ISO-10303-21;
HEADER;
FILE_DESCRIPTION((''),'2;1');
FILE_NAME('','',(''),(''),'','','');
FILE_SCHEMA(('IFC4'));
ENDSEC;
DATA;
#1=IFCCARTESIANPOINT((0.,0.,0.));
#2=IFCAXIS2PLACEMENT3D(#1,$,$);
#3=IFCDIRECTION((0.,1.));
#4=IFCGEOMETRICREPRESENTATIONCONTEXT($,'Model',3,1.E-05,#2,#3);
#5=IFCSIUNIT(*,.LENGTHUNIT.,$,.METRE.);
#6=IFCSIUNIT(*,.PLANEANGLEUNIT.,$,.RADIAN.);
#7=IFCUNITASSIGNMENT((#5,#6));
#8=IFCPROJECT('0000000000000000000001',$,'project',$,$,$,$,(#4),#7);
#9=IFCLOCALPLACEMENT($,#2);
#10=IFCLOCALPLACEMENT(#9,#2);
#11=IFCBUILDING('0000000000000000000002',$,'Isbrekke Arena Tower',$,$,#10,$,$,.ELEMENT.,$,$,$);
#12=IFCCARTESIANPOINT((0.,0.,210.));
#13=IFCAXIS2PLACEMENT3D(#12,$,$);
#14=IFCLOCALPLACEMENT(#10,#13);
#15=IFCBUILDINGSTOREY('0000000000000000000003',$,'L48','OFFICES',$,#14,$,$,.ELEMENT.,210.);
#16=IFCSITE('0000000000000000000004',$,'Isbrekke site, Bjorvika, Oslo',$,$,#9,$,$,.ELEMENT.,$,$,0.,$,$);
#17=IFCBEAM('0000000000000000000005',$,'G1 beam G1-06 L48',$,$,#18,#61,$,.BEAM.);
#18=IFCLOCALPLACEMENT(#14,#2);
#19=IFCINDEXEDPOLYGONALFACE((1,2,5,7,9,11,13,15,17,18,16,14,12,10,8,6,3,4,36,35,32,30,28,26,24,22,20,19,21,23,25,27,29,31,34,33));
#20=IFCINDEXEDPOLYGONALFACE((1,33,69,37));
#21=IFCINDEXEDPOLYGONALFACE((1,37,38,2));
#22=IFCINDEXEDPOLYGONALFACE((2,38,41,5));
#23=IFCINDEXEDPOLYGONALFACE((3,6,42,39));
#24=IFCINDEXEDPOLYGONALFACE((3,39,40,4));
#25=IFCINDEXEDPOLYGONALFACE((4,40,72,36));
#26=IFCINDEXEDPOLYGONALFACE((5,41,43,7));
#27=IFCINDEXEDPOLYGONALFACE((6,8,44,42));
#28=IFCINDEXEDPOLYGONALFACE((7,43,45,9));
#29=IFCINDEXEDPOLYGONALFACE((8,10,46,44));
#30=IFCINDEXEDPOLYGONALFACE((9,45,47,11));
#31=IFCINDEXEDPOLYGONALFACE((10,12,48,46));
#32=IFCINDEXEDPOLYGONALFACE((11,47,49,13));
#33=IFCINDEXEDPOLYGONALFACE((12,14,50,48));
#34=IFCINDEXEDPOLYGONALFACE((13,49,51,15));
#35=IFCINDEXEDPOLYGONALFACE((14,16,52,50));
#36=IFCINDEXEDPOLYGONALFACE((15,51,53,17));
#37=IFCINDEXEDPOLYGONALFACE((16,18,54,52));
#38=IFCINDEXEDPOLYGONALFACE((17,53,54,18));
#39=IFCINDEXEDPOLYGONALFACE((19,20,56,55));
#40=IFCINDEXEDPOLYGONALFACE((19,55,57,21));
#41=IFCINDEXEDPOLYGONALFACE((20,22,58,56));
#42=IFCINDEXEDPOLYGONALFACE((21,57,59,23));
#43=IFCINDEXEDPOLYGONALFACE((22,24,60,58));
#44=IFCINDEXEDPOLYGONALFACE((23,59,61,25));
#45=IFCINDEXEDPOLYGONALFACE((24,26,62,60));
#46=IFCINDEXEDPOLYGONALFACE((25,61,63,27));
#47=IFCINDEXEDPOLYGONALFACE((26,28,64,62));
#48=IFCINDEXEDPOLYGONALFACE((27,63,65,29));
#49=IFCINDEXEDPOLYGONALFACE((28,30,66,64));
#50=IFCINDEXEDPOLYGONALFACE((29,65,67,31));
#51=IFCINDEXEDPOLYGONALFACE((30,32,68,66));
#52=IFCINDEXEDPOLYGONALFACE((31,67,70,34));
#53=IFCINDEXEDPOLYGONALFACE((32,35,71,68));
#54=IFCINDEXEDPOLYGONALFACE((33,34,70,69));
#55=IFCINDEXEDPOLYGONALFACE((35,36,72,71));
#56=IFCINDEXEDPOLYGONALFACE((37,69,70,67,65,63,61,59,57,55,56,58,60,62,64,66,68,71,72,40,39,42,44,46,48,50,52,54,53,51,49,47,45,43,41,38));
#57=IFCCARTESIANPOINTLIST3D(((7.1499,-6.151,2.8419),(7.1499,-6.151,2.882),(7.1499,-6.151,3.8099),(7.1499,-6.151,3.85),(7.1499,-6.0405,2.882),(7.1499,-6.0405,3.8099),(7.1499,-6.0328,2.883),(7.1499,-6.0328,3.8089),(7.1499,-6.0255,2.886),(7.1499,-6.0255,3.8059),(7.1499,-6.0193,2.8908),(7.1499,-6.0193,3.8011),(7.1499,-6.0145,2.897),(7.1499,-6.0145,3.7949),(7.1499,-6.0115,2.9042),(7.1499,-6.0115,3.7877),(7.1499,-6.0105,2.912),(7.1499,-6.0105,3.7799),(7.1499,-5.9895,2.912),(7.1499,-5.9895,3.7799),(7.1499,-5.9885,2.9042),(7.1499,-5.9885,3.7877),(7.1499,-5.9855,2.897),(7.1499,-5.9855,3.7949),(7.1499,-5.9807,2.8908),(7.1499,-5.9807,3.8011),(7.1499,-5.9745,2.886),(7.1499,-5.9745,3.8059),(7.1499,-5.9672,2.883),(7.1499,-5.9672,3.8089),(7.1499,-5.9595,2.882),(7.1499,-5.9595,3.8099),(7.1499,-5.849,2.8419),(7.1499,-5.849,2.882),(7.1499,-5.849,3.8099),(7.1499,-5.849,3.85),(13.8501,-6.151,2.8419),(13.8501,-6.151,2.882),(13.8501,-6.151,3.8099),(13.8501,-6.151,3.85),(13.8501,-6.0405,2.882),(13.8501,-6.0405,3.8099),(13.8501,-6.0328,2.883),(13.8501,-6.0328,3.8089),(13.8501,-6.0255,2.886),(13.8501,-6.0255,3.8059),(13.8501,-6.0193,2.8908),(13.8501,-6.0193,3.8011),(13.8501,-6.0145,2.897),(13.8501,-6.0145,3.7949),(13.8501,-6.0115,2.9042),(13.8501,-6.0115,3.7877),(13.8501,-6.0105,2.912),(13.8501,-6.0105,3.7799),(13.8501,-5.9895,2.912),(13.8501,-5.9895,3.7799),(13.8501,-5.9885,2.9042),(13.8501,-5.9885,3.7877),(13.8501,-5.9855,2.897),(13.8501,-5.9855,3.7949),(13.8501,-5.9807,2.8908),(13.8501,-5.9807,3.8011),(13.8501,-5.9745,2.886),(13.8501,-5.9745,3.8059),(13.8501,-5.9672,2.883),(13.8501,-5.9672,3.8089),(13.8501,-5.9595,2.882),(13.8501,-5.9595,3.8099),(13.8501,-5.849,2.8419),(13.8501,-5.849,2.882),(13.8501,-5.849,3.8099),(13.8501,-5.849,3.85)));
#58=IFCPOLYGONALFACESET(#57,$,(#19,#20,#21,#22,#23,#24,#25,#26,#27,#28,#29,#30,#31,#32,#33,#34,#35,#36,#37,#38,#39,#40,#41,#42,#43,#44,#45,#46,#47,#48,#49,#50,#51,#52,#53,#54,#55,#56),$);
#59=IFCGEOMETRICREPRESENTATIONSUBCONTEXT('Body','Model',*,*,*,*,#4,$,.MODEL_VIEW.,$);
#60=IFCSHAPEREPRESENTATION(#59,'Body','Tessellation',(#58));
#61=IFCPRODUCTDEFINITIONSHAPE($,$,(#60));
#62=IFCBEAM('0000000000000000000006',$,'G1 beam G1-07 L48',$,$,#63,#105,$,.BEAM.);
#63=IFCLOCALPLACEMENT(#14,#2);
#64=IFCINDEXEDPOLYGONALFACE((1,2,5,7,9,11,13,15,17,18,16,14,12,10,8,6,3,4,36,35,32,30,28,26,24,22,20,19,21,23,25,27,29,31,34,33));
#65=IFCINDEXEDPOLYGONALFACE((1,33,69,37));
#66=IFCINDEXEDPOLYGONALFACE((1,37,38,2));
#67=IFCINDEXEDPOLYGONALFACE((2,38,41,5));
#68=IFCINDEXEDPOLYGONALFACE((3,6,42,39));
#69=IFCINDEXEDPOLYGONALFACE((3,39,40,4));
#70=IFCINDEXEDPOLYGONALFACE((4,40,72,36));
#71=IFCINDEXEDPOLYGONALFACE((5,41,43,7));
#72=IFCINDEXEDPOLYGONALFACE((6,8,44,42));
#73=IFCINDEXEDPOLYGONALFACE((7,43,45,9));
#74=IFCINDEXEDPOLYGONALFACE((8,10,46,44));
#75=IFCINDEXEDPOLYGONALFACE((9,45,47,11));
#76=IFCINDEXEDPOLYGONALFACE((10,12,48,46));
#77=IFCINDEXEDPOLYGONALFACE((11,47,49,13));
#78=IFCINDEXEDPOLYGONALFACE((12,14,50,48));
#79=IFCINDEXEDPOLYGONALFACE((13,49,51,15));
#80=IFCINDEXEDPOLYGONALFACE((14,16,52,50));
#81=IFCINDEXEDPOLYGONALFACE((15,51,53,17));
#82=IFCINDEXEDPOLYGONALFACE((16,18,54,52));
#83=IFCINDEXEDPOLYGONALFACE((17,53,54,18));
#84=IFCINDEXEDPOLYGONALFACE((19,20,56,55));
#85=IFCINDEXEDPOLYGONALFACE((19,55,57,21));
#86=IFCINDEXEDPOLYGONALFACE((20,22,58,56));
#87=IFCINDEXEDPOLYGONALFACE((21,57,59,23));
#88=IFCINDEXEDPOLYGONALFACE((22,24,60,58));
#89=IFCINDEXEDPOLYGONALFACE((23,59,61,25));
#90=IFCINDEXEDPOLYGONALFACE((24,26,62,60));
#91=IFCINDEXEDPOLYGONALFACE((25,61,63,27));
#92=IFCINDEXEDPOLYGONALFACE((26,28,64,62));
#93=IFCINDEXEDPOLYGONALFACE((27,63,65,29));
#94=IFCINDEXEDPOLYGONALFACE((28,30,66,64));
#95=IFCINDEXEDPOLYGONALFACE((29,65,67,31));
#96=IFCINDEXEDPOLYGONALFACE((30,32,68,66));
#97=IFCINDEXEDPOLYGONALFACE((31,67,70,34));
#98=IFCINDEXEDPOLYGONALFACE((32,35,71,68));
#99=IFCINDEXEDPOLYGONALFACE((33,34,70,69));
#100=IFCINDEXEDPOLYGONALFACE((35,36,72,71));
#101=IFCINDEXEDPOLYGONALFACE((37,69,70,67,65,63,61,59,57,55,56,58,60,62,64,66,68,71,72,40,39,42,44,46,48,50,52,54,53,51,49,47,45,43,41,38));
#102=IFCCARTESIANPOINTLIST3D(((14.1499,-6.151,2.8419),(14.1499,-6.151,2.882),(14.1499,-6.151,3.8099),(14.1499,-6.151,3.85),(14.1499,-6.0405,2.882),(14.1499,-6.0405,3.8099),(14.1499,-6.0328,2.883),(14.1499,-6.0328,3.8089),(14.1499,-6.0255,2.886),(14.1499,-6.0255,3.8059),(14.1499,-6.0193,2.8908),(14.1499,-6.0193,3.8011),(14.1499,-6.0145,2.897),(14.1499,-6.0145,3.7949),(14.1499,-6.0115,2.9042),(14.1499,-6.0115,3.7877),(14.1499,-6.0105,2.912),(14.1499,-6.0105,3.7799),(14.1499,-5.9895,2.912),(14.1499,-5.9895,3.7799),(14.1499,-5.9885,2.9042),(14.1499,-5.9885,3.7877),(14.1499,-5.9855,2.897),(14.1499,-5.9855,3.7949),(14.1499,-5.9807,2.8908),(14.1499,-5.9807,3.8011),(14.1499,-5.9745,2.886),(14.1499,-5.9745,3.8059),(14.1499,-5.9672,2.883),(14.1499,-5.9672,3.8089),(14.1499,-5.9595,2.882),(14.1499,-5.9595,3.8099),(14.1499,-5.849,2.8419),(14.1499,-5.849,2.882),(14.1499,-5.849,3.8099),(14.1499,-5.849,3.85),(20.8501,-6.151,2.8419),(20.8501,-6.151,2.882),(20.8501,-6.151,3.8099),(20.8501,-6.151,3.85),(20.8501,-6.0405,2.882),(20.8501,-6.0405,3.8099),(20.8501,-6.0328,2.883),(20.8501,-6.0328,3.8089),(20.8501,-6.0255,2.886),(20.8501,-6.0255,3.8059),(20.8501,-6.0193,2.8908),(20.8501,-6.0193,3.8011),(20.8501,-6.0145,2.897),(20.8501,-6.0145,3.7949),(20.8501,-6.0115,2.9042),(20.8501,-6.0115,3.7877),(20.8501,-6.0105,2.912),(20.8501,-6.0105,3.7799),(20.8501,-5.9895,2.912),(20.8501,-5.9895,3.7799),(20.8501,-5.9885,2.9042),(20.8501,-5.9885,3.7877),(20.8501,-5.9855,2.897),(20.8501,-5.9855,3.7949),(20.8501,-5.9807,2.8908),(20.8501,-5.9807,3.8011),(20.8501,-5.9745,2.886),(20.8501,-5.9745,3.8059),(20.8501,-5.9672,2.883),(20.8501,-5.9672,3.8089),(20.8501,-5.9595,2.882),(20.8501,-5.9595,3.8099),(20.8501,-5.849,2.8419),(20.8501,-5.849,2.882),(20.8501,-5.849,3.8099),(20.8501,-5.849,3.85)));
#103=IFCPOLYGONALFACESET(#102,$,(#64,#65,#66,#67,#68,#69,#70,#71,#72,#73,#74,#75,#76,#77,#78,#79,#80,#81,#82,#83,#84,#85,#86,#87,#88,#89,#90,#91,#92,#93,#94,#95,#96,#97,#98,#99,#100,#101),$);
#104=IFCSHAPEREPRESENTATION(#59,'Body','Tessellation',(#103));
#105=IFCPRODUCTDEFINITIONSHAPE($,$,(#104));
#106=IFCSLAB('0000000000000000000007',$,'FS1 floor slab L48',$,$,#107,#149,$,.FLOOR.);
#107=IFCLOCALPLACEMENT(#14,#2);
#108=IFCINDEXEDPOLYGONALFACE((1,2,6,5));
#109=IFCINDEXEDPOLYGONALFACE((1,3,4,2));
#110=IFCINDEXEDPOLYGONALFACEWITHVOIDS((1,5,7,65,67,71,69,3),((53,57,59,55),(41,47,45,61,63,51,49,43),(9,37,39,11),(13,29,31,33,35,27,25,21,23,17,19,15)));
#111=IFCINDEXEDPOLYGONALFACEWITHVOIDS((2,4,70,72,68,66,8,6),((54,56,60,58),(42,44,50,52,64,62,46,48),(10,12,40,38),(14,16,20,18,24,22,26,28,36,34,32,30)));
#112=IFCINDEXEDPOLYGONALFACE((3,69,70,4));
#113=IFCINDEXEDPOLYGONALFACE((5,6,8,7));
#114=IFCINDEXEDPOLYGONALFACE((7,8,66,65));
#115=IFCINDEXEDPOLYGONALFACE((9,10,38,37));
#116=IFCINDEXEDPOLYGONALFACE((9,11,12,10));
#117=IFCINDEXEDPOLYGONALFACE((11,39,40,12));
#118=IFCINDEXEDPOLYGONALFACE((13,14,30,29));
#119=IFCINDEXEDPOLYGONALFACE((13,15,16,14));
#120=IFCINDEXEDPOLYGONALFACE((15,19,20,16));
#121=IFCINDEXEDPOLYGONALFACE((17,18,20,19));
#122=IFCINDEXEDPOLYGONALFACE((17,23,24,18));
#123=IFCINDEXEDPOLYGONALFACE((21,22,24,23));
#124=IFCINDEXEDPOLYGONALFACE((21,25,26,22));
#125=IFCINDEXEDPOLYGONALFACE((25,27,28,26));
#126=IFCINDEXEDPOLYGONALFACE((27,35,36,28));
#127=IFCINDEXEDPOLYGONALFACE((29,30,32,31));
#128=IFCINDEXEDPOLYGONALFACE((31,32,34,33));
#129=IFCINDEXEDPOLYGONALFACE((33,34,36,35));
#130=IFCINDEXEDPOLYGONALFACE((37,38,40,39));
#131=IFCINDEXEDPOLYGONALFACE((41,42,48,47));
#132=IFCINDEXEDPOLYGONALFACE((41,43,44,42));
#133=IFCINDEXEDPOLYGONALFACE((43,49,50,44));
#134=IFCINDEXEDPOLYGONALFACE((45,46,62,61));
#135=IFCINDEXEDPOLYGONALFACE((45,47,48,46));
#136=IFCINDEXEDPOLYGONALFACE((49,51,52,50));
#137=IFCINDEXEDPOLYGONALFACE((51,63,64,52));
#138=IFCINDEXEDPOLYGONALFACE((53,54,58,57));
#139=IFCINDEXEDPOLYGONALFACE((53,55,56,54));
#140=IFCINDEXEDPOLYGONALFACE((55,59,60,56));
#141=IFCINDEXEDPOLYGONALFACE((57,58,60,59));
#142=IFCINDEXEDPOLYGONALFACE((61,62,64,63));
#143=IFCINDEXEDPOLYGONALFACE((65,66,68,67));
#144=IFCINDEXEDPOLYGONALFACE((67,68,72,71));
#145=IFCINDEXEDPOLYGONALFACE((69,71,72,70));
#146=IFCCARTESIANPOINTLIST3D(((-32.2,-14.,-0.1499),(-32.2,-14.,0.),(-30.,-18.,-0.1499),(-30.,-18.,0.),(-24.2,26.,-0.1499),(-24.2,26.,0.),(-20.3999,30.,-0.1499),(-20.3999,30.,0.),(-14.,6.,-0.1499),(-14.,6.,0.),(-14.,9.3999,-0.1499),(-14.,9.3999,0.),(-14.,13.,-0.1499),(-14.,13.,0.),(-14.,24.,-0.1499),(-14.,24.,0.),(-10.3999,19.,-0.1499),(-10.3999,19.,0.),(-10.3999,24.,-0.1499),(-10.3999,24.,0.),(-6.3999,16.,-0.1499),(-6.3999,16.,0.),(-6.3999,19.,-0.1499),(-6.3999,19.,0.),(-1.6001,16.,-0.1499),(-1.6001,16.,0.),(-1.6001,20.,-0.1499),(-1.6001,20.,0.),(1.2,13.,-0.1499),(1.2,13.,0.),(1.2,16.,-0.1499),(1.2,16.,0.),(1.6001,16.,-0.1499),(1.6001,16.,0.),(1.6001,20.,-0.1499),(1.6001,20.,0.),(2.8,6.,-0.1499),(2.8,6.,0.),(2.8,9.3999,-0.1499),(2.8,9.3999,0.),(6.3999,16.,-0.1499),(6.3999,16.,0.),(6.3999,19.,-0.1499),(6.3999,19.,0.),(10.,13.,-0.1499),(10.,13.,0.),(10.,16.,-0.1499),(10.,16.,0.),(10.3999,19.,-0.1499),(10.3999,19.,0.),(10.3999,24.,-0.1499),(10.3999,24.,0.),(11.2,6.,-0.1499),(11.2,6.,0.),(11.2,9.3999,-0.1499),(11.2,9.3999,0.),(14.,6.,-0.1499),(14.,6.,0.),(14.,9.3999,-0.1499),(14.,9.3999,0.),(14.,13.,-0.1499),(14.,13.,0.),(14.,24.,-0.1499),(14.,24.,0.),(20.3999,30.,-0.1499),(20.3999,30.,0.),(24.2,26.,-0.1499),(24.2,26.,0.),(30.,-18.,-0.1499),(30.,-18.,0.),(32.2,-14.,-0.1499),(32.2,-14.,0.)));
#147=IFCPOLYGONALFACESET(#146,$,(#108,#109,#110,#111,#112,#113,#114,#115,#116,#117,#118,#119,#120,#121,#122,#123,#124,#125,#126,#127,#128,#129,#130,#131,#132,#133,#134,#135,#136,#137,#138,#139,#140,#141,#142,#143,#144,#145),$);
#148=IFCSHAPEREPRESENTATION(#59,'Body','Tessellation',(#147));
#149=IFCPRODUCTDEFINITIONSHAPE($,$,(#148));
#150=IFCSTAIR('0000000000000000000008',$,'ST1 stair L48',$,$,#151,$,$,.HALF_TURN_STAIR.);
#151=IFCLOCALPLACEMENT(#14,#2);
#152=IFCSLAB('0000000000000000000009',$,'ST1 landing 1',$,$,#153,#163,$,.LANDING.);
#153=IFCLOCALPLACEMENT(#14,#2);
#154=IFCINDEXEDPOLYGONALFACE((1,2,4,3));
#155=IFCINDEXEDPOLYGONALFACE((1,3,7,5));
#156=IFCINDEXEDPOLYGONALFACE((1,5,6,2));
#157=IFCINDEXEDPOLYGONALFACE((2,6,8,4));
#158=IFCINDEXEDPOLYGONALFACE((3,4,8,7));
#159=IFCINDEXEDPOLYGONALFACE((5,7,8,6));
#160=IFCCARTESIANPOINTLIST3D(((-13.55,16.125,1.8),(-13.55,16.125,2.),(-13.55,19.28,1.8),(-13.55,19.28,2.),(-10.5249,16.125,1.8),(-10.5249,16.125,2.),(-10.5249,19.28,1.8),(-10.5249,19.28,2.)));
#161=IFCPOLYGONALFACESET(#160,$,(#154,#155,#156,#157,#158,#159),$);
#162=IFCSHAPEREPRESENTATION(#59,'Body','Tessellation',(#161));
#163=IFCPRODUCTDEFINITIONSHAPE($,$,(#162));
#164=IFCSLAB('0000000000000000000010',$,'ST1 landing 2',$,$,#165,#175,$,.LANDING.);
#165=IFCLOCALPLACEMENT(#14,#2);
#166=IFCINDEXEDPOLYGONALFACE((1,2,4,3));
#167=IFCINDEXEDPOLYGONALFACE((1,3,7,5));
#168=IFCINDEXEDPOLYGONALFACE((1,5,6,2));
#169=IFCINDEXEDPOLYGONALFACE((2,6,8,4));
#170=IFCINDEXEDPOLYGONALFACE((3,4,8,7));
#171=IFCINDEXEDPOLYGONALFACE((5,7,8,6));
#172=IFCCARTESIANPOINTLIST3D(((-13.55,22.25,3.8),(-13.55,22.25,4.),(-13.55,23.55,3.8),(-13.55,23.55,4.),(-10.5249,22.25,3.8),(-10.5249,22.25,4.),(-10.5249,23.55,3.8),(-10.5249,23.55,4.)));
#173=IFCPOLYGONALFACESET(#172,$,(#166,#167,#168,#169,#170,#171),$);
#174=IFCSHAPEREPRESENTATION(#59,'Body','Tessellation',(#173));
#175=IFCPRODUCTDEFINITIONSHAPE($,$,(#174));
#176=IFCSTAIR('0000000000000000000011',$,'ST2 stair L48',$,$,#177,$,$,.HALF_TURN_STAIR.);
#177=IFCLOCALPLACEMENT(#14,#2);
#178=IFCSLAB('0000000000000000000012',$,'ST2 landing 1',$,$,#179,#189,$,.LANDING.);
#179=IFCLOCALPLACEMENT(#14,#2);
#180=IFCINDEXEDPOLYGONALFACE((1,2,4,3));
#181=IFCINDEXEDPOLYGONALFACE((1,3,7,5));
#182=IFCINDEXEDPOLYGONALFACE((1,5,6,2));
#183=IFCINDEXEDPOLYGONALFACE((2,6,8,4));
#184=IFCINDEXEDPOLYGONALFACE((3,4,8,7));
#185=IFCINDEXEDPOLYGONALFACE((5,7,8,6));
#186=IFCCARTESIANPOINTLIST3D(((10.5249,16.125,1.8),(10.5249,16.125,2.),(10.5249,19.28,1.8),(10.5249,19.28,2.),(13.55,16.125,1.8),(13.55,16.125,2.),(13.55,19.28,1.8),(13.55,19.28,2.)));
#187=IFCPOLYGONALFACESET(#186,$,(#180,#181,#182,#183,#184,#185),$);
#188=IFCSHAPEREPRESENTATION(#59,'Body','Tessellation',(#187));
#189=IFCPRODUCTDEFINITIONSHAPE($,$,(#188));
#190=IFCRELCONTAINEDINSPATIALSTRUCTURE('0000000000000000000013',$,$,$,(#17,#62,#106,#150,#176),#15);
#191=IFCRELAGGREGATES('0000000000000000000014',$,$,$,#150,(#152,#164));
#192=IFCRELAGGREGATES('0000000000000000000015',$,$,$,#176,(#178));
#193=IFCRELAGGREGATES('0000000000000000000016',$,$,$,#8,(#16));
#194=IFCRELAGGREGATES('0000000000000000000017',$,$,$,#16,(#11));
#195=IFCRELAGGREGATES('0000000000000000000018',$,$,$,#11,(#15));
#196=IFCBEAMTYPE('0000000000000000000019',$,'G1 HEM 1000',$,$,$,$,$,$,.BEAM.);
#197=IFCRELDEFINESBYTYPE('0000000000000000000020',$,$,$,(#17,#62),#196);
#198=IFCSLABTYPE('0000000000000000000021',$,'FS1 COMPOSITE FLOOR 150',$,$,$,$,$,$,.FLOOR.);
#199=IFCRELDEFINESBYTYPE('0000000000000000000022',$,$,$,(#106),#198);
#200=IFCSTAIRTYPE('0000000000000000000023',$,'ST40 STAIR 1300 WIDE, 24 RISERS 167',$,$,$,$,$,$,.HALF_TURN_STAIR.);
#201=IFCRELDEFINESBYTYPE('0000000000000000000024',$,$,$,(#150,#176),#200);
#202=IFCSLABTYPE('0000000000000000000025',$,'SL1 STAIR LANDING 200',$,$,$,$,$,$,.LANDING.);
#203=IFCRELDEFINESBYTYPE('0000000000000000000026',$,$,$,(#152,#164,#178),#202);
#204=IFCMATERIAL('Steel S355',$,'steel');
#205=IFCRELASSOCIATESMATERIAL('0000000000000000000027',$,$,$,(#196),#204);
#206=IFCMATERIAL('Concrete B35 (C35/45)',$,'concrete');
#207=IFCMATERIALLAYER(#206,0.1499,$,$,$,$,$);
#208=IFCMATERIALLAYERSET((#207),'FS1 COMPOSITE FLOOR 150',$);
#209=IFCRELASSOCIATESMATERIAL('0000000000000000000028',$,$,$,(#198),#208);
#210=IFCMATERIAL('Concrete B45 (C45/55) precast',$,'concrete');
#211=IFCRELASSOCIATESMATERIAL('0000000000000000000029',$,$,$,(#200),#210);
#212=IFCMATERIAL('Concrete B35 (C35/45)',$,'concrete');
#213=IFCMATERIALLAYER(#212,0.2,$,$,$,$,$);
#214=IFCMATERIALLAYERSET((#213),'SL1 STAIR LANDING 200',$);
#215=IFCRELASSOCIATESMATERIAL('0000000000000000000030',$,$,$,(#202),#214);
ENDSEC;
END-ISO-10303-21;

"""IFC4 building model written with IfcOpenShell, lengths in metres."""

from ifc_helpers import new_model, si_unit, direction, frame, origin, origin_2d, place, context, subcontext, project, spatial, polyline, i_section, outline, extrude, material, layer, layer_set, material_profile, profile_set, type_object, element, aggregate, save


model = new_model("IFC4")

# Units and contexts
model_context = context("Model", 3, precision=1e-05, world=origin(), true_north=direction((0.0, 1.0)))
body_context = subcontext(model_context, "Body", "Model", "MODEL_VIEW")
ifc_project = project(units=[si_unit("LENGTHUNIT", "METRE"), si_unit("PLANEANGLEUNIT", "RADIAN")], contexts=[model_context])

# Site, building, storey
site_placement = place(None, origin())
site = spatial("IfcSite", under=ifc_project, at=site_placement, Name="Isbrekke site, Bjorvika, Oslo", CompositionType="ELEMENT", RefElevation=0.0)
building_placement = place(site_placement, origin())
building = spatial("IfcBuilding", under=site, at=building_placement, Name="Isbrekke Arena Tower", CompositionType="ELEMENT")
storey_placement = place(building_placement, frame((0.0, 0.0, 210.0)))
storey = spatial("IfcBuildingStorey", under=building, at=storey_placement, Name="L48", Description="OFFICES", CompositionType="ELEMENT", Elevation=210.0)

# Beams
ifc_material_1 = material(Name="Steel S355", Category="steel")
ifc_material_profile_1 = material_profile(ifc_material_1, i_section(OverallWidth=0.302, OverallDepth=1.0081, WebThickness=0.021, FlangeThickness=0.04, FilletRadius=0.03, at=origin_2d()), Name="HEM 1000")
ifc_profile_set_1 = profile_set([ifc_material_profile_1], Name="Steel S355")
beam_type_1 = type_object("IfcBeamType", Name="G1 HEM 1000", PredefinedType="BEAM", material=ifc_profile_set_1)
for number, where, z_axis, x_axis, name in (
    (1, (7.1499, -6.0, 3.3459), (1.0, 0.0, 0.0), (0.0, 1.0, 0.0), "G1 beam G1-06 L48"),
    (2, (14.1499, -6.0, 3.3459), (1.0, 0.0, 0.0), (0.0, 1.0, 0.0), "G1 beam G1-07 L48"),
):
    element("IfcBeam", number, at=place(storey_placement, frame(where, z_axis=z_axis, x_axis=x_axis)), inside=storey, type_object=beam_type_1, Name=name, PredefinedType="BEAM", context=body_context, shape_type="SweptSolid", body=[
        extrude(i_section(OverallWidth=0.302, OverallDepth=1.0081, WebThickness=0.021, FlangeThickness=0.04, FilletRadius=0.03, at=origin_2d()), origin(), (0.0, 0.0, 1.0), 6.7002),
    ])

# Slab
ifc_material_2 = material(Name="Concrete B35 (C35/45)", Category="concrete")
ifc_layer_1 = layer(ifc_material_2, 0.1499)
ifc_layer_set_1 = layer_set([ifc_layer_1], Name="FS1 COMPOSITE FLOOR 150")
slab_type_1 = type_object("IfcSlabType", Name="FS1 COMPOSITE FLOOR 150", PredefinedType="FLOOR", material=ifc_layer_set_1)
slab_1_placement = place(storey_placement, frame((0.0, 0.0, -0.1499)))
element("IfcSlab", 3, at=slab_1_placement, inside=storey, type_object=slab_type_1, Name="FS1 floor slab L48", PredefinedType="FLOOR", context=body_context, shape_type="SweptSolid", body=[
    extrude(outline(polyline([(-30.0, -18.0), (30.0, -18.0), (32.2, -14.0), (24.2, 26.0), (20.3999, 30.0), (-20.3999, 30.0), (-24.2, 26.0), (-32.2, -14.0), (-30.0, -18.0)]), holes=[polyline([(2.8, 9.3999), (2.8, 6.0), (-14.0, 6.0), (-14.0, 9.3999), (2.8, 9.3999)]), polyline([(11.2, 6.0), (11.2, 9.3999), (14.0, 9.3999), (14.0, 6.0), (11.2, 6.0)]), polyline([(-14.0, 13.0), (-14.0, 24.0), (-10.3999, 24.0), (-10.3999, 19.0), (-6.3999, 19.0), (-6.3999, 16.0), (-1.6001, 16.0), (-1.6001, 20.0), (1.6001, 20.0), (1.6001, 16.0), (1.2, 16.0), (1.2, 13.0), (-14.0, 13.0)]), polyline([(10.0, 13.0), (10.0, 16.0), (6.3999, 16.0), (6.3999, 19.0), (10.3999, 19.0), (10.3999, 24.0), (14.0, 24.0), (14.0, 13.0), (10.0, 13.0)])]), origin(), (0.0, 0.0, 1.0), 0.1499),
])

# Stairs, slabs
ifc_material_3 = material(Name="Concrete B45 (C45/55) precast", Category="concrete")
stair_type = type_object("IfcStairType", Name="ST40 STAIR 1300 WIDE, 24 RISERS 167", PredefinedType="HALF_TURN_STAIR", material=ifc_material_3)
stair_1_placement = place(storey_placement, origin())
stair_1 = element("IfcStair", 4, at=stair_1_placement, inside=storey, type_object=stair_type, Name="ST1 stair L48", PredefinedType="HALF_TURN_STAIR")
ifc_material_4 = material(Name="Concrete B35 (C35/45)", Category="concrete")
ifc_layer_2 = layer(ifc_material_4, 0.2)
ifc_layer_set_2 = layer_set([ifc_layer_2], Name="SL1 STAIR LANDING 200")
slab_type_2 = type_object("IfcSlabType", Name="SL1 STAIR LANDING 200", PredefinedType="LANDING", material=ifc_layer_set_2)
slab_2_placement = place(storey_placement, frame((0.0, 0.0, 1.8)))
slab_2 = element("IfcSlab", 5, at=slab_2_placement, type_object=slab_type_2, Name="ST1 landing 1", PredefinedType="LANDING", context=body_context, shape_type="SweptSolid", body=[
    extrude(outline(polyline([(-13.55, 16.125), (-10.5249, 16.125), (-10.5249, 19.28), (-13.55, 19.28), (-13.55, 16.125)])), origin(), (0.0, 0.0, 1.0), 0.2),
])
slab_3_placement = place(storey_placement, frame((0.0, 0.0, 3.8)))
slab_3 = element("IfcSlab", 6, at=slab_3_placement, type_object=slab_type_2, Name="ST1 landing 2", PredefinedType="LANDING", context=body_context, shape_type="SweptSolid", body=[
    extrude(outline(polyline([(-13.55, 22.25), (-10.5249, 22.25), (-10.5249, 23.55), (-13.55, 23.55), (-13.55, 22.25)])), origin(), (0.0, 0.0, 1.0), 0.2),
])
aggregate(stair_1, [slab_2, slab_3])
stair_2_placement = place(storey_placement, origin())
stair_2 = element("IfcStair", 7, at=stair_2_placement, inside=storey, type_object=stair_type, Name="ST2 stair L48", PredefinedType="HALF_TURN_STAIR")
slab_4_placement = place(storey_placement, frame((0.0, 0.0, 1.8)))
slab_4 = element("IfcSlab", 8, at=slab_4_placement, type_object=slab_type_2, Name="ST2 landing 1", PredefinedType="LANDING", context=body_context, shape_type="SweptSolid", body=[
    extrude(outline(polyline([(10.5249, 16.125), (13.55, 16.125), (13.55, 19.28), (10.5249, 19.28), (10.5249, 16.125)])), origin(), (0.0, 0.0, 1.0), 0.2),
])
aggregate(stair_2, [slab_4])

save(model, "model.ifc")
